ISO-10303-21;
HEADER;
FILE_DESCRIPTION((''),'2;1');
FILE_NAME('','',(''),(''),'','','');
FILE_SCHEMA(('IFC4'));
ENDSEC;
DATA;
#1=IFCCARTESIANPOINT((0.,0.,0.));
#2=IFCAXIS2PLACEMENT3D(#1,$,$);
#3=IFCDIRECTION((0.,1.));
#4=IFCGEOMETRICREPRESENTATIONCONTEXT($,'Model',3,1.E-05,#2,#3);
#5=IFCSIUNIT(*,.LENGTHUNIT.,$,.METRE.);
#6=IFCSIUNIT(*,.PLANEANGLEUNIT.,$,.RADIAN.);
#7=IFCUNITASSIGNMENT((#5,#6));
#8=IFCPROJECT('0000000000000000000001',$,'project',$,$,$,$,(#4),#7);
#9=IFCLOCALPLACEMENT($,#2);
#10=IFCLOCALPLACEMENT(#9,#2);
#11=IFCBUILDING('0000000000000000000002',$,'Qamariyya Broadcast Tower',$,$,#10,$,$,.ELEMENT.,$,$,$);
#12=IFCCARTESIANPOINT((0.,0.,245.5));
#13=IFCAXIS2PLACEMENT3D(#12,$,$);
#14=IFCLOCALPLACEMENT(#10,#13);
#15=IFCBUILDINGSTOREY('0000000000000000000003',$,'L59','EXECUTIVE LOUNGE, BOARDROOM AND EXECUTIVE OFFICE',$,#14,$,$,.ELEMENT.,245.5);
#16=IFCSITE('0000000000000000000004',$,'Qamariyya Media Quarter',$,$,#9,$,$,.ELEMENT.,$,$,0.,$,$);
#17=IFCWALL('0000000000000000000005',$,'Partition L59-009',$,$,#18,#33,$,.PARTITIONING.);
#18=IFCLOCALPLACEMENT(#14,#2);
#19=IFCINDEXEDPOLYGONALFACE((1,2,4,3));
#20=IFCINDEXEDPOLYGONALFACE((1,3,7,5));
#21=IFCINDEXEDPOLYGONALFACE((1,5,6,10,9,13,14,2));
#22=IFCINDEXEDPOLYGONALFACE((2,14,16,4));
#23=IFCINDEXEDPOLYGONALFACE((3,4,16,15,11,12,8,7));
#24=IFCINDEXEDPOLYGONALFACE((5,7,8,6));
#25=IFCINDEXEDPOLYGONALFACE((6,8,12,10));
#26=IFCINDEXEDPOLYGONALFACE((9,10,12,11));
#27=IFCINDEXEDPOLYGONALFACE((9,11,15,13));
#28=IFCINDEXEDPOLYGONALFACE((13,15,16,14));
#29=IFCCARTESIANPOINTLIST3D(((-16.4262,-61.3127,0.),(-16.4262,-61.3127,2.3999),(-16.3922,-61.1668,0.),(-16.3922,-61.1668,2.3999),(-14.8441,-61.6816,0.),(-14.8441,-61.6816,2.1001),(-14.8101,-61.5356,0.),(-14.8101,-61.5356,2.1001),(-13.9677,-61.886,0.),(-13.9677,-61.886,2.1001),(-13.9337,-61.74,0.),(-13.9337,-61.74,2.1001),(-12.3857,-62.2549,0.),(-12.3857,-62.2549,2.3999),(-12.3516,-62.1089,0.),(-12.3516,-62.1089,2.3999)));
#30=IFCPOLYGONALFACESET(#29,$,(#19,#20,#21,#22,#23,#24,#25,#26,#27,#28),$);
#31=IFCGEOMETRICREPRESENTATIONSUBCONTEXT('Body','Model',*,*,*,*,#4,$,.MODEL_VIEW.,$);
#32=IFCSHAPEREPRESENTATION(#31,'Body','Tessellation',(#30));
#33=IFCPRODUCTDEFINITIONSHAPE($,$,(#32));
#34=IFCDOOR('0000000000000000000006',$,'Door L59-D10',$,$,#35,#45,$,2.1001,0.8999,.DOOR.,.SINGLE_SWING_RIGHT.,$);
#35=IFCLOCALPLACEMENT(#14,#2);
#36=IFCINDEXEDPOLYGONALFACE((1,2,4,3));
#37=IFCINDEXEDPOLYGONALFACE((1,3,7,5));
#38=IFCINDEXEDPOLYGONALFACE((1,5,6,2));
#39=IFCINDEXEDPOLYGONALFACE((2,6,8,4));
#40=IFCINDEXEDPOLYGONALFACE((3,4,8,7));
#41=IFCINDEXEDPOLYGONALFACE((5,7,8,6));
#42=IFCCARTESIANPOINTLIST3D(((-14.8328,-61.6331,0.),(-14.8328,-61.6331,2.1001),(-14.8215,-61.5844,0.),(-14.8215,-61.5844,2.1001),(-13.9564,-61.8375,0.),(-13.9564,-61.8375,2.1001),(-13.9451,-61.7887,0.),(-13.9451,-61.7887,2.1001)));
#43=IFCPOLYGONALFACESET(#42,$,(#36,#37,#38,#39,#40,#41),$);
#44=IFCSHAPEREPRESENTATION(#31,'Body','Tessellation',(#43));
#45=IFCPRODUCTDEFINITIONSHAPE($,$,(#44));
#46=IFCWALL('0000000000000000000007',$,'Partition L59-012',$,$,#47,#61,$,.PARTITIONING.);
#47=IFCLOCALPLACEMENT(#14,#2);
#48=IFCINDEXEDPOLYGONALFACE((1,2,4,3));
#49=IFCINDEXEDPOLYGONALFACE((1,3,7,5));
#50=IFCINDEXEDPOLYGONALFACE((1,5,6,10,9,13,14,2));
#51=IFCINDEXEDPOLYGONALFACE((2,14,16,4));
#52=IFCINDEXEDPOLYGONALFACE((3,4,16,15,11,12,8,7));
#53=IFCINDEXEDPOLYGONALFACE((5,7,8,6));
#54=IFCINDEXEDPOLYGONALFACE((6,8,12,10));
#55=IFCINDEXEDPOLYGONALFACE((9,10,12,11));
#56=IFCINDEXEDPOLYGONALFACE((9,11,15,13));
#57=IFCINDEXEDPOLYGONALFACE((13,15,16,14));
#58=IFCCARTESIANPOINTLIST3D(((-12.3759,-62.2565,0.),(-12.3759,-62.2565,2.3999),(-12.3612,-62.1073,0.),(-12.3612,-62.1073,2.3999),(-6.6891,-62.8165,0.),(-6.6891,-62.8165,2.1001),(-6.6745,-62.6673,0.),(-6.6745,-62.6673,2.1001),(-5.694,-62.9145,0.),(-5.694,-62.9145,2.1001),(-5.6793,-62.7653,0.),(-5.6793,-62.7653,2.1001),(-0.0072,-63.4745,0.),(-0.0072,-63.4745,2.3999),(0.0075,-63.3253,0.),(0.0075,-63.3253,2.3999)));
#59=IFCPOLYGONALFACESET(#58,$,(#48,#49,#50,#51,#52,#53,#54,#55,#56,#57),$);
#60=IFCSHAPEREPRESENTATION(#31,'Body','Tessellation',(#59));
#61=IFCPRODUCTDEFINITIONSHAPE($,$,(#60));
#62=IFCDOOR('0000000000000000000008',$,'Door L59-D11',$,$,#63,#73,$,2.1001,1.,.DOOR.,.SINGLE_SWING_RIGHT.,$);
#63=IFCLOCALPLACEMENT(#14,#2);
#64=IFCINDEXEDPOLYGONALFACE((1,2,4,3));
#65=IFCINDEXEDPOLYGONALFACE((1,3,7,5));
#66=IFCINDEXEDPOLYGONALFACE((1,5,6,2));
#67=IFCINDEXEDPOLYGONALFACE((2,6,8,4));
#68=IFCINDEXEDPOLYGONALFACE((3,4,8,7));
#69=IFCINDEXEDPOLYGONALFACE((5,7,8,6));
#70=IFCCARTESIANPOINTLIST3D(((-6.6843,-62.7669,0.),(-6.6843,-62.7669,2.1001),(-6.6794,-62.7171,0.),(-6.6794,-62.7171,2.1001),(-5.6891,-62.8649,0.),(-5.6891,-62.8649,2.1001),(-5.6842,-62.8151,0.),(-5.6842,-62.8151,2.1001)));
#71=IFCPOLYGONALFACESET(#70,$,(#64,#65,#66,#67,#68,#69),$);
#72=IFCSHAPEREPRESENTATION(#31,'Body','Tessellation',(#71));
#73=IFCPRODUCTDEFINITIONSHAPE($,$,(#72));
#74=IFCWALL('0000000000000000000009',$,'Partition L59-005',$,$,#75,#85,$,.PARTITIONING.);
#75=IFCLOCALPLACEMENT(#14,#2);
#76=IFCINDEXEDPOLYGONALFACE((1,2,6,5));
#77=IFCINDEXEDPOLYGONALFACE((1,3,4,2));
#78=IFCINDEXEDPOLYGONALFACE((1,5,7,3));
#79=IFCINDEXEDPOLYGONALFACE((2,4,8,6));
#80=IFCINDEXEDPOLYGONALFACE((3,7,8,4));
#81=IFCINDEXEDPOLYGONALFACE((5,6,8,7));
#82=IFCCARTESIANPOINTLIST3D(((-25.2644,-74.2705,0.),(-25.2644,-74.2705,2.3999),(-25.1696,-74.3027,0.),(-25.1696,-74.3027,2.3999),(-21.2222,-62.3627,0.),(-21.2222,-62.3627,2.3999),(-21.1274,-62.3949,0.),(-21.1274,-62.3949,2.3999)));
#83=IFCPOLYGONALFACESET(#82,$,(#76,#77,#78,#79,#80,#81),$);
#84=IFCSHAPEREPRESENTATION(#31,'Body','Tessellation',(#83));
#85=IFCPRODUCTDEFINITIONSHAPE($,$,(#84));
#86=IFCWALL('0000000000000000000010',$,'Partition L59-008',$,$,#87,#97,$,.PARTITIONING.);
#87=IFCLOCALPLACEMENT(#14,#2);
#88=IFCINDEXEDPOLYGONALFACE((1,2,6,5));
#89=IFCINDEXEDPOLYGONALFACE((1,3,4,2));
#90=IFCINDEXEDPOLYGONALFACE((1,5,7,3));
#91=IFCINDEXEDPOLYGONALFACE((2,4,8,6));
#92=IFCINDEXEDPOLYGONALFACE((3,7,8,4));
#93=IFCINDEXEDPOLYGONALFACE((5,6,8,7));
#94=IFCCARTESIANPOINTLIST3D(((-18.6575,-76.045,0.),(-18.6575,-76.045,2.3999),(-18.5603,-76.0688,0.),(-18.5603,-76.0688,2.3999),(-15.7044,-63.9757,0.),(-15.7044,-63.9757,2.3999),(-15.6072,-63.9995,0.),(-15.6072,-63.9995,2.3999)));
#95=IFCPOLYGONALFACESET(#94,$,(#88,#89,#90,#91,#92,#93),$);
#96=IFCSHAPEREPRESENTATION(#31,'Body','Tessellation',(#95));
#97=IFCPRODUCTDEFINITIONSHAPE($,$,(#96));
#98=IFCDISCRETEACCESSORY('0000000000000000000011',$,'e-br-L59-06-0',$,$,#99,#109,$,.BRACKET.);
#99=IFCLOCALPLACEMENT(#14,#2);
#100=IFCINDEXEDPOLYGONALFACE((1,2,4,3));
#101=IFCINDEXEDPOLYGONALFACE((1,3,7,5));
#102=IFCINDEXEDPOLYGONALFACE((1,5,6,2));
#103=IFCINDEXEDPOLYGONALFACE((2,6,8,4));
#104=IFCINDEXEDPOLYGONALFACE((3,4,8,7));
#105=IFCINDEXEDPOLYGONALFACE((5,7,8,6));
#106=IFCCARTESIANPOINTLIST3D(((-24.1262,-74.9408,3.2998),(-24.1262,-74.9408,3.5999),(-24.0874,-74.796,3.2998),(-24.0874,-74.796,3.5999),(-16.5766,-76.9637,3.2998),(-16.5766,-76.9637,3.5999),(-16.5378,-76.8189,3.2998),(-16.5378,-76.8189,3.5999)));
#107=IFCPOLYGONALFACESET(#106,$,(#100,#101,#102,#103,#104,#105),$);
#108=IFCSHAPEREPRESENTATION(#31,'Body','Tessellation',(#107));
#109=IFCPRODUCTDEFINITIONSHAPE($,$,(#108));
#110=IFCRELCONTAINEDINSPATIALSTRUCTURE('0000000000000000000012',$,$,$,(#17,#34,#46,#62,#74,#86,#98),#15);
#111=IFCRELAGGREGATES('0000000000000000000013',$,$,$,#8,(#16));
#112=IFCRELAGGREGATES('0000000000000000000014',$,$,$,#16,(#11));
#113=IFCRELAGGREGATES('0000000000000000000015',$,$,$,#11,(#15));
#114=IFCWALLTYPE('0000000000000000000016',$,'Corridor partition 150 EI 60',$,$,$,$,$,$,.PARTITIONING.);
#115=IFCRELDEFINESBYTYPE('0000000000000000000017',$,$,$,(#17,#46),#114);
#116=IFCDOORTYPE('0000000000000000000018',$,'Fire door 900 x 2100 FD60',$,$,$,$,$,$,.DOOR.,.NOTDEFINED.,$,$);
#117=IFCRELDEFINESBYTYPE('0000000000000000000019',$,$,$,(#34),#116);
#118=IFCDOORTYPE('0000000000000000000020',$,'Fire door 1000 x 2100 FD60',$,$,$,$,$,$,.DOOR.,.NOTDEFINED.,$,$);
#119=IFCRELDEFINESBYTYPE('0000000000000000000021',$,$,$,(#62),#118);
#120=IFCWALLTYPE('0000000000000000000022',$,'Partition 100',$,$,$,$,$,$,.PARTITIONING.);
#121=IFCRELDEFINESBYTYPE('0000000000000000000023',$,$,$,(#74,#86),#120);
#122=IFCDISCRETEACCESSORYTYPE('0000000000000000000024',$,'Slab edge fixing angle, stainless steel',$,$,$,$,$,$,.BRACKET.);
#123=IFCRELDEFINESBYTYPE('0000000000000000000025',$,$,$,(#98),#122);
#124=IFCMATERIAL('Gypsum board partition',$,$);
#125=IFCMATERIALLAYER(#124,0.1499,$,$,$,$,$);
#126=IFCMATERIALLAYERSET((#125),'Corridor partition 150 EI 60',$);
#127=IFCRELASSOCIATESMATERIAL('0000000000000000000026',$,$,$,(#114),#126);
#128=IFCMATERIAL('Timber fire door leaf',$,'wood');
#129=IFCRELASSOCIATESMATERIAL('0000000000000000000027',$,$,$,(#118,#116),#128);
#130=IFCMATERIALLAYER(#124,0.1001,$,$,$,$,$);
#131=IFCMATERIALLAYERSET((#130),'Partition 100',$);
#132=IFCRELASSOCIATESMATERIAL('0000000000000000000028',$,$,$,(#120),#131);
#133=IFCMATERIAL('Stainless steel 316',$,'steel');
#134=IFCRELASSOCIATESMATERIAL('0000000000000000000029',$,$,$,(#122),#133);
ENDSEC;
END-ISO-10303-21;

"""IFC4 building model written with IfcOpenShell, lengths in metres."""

from ifc_helpers import new_model, si_unit, direction, frame, frame_2d, origin, origin_2d, place, context, subcontext, project, spatial, rectangle, extrude, material, layer, layer_set, type_object, element, fill, save


model = new_model("IFC4")

# Units and contexts
model_context = context("Model", 3, precision=1e-05, world=origin(), true_north=direction((0.0, 1.0)))
body_context = subcontext(model_context, "Body", "Model", "MODEL_VIEW")
ifc_project = project(units=[si_unit("LENGTHUNIT", "METRE"), si_unit("PLANEANGLEUNIT", "RADIAN")], contexts=[model_context])

# Site, building, storey
site_placement = place(None, origin())
site = spatial("IfcSite", under=ifc_project, at=site_placement, Name="Qamariyya Media Quarter", CompositionType="ELEMENT", RefElevation=0.0)
building_placement = place(site_placement, origin())
building = spatial("IfcBuilding", under=site, at=building_placement, Name="Qamariyya Broadcast Tower", CompositionType="ELEMENT")
storey_placement = place(building_placement, frame((0.0, 0.0, 245.5)))
storey = spatial("IfcBuildingStorey", under=building, at=storey_placement, Name="L59", Description="EXECUTIVE LOUNGE, BOARDROOM AND EXECUTIVE OFFICE", CompositionType="ELEMENT", Elevation=245.5)

# Shared definitions
ifc_material_1 = material(Name="Gypsum board partition")
ifc_layer_1 = layer(ifc_material_1, 0.1499)
ifc_layer_set_1 = layer_set([ifc_layer_1], Name="Corridor partition 150 EI 60")
wall_type_1 = type_object("IfcWallType", Name="Corridor partition 150 EI 60", PredefinedType="PARTITIONING", material=ifc_layer_set_1)
ifc_material_2 = material(Name="Timber fire door leaf", Category="wood")
door_type_1 = type_object("IfcDoorType", Name="Fire door 1000 x 2100 FD60", OperationType="NOTDEFINED", PredefinedType="DOOR", material=ifc_material_2)

# Walls, openings, doors
wall_1_placement = place(storey_placement, frame((-16.4092, -61.2397, 0.0), z_axis=(0.0, 0.0, 1.0), x_axis=(0.973876, -0.227081, 0.0)))
wall_1 = element("IfcWall", 1, at=wall_1_placement, inside=storey, type_object=wall_type_1, Name="Partition L59-009", PredefinedType="PARTITIONING", context=body_context, shape_type="SweptSolid", body=[
    extrude(rectangle(XDim=4.1489, YDim=0.1499, at=frame_2d((2.0745, 0.0))), origin(), (0.0, 0.0, 1.0), 2.3999),
])
opening_1_placement = place(wall_1_placement, frame((1.6245, 0.0, 0.0)))
opening_1 = element("IfcOpeningElement", 2, at=opening_1_placement, cuts=wall_1, PredefinedType="OPENING", context=body_context, shape_type="SweptSolid", body=[
    extrude(rectangle(XDim=0.8999, YDim=2.1001, at=frame_2d((0.45, 1.05))), frame((0.0, 0.085, 0.0), z_axis=(0.0, -1.0, 0.0), x_axis=(1.0, 0.0, 0.0)), (0.0, 0.0, 1.0), 0.1699),
])
door_type_2 = type_object("IfcDoorType", Name="Fire door 900 x 2100 FD60", OperationType="NOTDEFINED", PredefinedType="DOOR", material=ifc_material_2)
door_1_placement = place(opening_1_placement, origin())
door_1 = element("IfcDoor", 3, at=door_1_placement, inside=storey, type_object=door_type_2, Name="Door L59-D10", OperationType="SINGLE_SWING_RIGHT", OverallHeight=2.1001, OverallWidth=0.8999, PredefinedType="DOOR", context=body_context, shape_type="SweptSolid", body=[
    extrude(rectangle(XDim=0.8999, YDim=2.1001, at=frame_2d((0.45, 1.05))), frame((0.0, 0.0249, 0.0), z_axis=(0.0, -1.0, 0.0), x_axis=(1.0, 0.0, 0.0)), (0.0, 0.0, 1.0), 0.05),
])
fill(opening_1, door_1)
wall_2_placement = place(storey_placement, frame((-12.3687, -62.1819, 0.0), z_axis=(0.0, 0.0, 1.0), x_axis=(0.995186, -0.098002, 0.0)))
wall_2 = element("IfcWall", 4, at=wall_2_placement, inside=storey, type_object=wall_type_1, Name="Partition L59-012", PredefinedType="PARTITIONING", context=body_context, shape_type="SweptSolid", body=[
    extrude(rectangle(XDim=12.4285, YDim=0.1499, at=frame_2d((6.2144, 0.0))), origin(), (0.0, 0.0, 1.0), 2.3999),
])
opening_2_placement = place(wall_2_placement, frame((5.7144, 0.0, 0.0)))
opening_2 = element("IfcOpeningElement", 5, at=opening_2_placement, cuts=wall_2, PredefinedType="OPENING", context=body_context, shape_type="SweptSolid", body=[
    extrude(rectangle(XDim=1.0, YDim=2.1001, at=frame_2d((0.5, 1.05))), frame((0.0, 0.085, 0.0), z_axis=(0.0, -1.0, 0.0), x_axis=(1.0, 0.0, 0.0)), (0.0, 0.0, 1.0), 0.1699),
])
door_2_placement = place(opening_2_placement, origin())
door_2 = element("IfcDoor", 6, at=door_2_placement, inside=storey, type_object=door_type_1, Name="Door L59-D11", OperationType="SINGLE_SWING_RIGHT", OverallHeight=2.1001, OverallWidth=1.0, PredefinedType="DOOR", context=body_context, shape_type="SweptSolid", body=[
    extrude(rectangle(XDim=1.0, YDim=2.1001, at=frame_2d((0.5, 1.05))), frame((0.0, 0.0249, 0.0), z_axis=(0.0, -1.0, 0.0), x_axis=(1.0, 0.0, 0.0)), (0.0, 0.0, 1.0), 0.05),
])
fill(opening_2, door_2)

# Walls
ifc_layer_2 = layer(ifc_material_1, 0.1001)
ifc_layer_set_2 = layer_set([ifc_layer_2], Name="Partition 100")
wall_type_2 = type_object("IfcWallType", Name="Partition 100", PredefinedType="PARTITIONING", material=ifc_layer_set_2)
wall_3_placement = place(storey_placement, frame((-25.217, -74.2866, 0.0), z_axis=(0.0, 0.0, 1.0), x_axis=(0.321447, 0.946927, 0.0)))
element("IfcWall", 7, at=wall_3_placement, inside=storey, type_object=wall_type_2, Name="Partition L59-005", PredefinedType="PARTITIONING", context=body_context, shape_type="SweptSolid", body=[
    extrude(rectangle(XDim=12.5752, YDim=0.1001, at=frame_2d((6.2876, 0.0))), origin(), (0.0, 0.0, 1.0), 2.3999),
])
wall_4_placement = place(storey_placement, frame((-18.6089, -76.0569, 0.0), z_axis=(0.0, 0.0, 1.0), x_axis=(0.237669, 0.971346, 0.0)))
element("IfcWall", 8, at=wall_4_placement, inside=storey, type_object=wall_type_2, Name="Partition L59-008", PredefinedType="PARTITIONING", context=body_context, shape_type="SweptSolid", body=[
    extrude(rectangle(XDim=12.4253, YDim=0.1001, at=frame_2d((6.2126, 0.0))), origin(), (0.0, 0.0, 1.0), 2.3999),
])

# Discrete accessory
ifc_material_3 = material(Name="Stainless steel 316", Category="steel")
discrete_accessory_type = type_object("IfcDiscreteAccessoryType", Name="Slab edge fixing angle, stainless steel", PredefinedType="BRACKET", material=ifc_material_3)
discrete_accessory_placement = place(storey_placement, frame((-20.332, -75.8799, 3.2998), z_axis=(0.0, 0.0, 1.0), x_axis=(0.965926, -0.258819, 0.0)))
element("IfcDiscreteAccessory", 9, at=discrete_accessory_placement, inside=storey, type_object=discrete_accessory_type, Name="e-br-L59-06-0", PredefinedType="BRACKET", context=body_context, shape_type="SweptSolid", body=[
    extrude(rectangle(XDim=7.8159, YDim=0.1499, at=origin_2d()), origin(), (0.0, 0.0, 1.0), 0.3),
])

save(model, "model.ifc")
